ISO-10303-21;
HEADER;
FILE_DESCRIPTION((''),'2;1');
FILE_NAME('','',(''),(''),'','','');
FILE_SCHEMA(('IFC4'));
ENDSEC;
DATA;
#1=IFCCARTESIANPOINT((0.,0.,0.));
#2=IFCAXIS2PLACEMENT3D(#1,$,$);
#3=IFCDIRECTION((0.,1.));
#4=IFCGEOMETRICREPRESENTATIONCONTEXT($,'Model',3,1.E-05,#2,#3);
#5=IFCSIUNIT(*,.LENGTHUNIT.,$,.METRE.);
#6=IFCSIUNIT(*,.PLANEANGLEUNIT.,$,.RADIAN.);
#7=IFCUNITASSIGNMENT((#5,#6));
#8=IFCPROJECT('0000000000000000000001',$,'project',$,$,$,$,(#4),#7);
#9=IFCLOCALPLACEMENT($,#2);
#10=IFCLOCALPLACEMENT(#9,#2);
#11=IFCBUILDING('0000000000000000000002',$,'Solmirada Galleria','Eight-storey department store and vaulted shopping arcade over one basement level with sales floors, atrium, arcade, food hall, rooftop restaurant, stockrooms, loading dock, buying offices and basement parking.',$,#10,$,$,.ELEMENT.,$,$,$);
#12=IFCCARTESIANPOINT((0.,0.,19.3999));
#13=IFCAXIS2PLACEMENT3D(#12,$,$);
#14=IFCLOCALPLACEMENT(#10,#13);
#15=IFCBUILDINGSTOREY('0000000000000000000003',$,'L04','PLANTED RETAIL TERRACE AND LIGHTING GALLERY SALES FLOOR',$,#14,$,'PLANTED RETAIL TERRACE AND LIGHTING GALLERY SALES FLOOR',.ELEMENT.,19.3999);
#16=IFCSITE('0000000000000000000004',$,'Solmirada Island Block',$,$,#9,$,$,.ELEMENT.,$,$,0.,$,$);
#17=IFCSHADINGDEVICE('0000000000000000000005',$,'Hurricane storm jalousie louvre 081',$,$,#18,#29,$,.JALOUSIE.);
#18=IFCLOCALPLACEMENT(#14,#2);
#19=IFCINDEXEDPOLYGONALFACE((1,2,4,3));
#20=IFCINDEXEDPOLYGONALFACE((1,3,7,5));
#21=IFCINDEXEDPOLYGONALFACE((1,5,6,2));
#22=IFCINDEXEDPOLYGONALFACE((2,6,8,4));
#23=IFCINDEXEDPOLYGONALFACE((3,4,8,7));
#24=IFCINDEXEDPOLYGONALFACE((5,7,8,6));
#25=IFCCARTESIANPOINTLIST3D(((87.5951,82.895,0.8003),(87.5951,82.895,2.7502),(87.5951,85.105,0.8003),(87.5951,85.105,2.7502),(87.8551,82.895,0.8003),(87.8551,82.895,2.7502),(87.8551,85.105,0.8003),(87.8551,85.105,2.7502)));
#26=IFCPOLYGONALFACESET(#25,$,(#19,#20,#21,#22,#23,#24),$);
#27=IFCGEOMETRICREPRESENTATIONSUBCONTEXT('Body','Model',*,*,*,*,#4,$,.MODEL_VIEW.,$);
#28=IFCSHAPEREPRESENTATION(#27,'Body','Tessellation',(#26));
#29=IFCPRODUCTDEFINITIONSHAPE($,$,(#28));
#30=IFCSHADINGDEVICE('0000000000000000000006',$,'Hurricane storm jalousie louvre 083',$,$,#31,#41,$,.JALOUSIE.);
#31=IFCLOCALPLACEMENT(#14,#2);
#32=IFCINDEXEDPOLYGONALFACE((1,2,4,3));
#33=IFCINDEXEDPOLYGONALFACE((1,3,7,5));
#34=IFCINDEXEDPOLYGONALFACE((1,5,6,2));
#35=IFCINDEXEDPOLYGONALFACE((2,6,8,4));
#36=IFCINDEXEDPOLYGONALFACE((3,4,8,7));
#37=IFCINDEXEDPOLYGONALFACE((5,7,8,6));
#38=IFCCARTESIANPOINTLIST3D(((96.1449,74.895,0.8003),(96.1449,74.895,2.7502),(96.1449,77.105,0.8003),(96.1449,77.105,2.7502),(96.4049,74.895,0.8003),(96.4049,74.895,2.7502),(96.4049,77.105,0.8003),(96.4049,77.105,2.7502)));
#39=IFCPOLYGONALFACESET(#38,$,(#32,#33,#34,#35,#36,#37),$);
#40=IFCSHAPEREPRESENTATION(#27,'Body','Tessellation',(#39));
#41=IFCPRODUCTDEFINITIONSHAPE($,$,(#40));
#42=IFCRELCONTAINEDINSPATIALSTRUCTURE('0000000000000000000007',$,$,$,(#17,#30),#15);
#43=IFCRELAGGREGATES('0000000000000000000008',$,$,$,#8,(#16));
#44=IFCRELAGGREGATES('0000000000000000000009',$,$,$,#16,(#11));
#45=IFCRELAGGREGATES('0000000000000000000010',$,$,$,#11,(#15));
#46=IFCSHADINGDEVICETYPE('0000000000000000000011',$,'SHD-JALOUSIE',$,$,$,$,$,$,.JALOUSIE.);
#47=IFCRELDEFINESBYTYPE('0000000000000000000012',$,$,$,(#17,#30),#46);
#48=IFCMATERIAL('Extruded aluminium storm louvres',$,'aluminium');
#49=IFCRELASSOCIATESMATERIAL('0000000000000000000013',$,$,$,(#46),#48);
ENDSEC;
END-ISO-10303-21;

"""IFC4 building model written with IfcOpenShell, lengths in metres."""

from ifc_helpers import new_model, si_unit, direction, frame, origin, origin_2d, place, context, subcontext, project, spatial, rectangle, extrude, material, type_object, element, save


model = new_model("IFC4")

# Units and contexts
model_context = context("Model", 3, precision=1e-05, world=origin(), true_north=direction((0.0, 1.0)))
body_context = subcontext(model_context, "Body", "Model", "MODEL_VIEW")
ifc_project = project(units=[si_unit("LENGTHUNIT", "METRE"), si_unit("PLANEANGLEUNIT", "RADIAN")], contexts=[model_context])

# Site, building, storey
site_placement = place(None, origin())
site = spatial("IfcSite", under=ifc_project, at=site_placement, Name="Solmirada Island Block", CompositionType="ELEMENT", RefElevation=0.0)
building_placement = place(site_placement, origin())
building = spatial("IfcBuilding", under=site, at=building_placement, Name="Solmirada Galleria", Description="Eight-storey department store and vaulted shopping arcade over one basement level with sales floors, atrium, arcade, food hall, rooftop restaurant, stockrooms, loading dock, buying offices and basement parking.", CompositionType="ELEMENT")
storey_placement = place(building_placement, frame((0.0, 0.0, 19.3999)))
storey = spatial("IfcBuildingStorey", under=building, at=storey_placement, Name="L04", Description="PLANTED RETAIL TERRACE AND LIGHTING GALLERY SALES FLOOR", LongName="PLANTED RETAIL TERRACE AND LIGHTING GALLERY SALES FLOOR", CompositionType="ELEMENT", Elevation=19.3999)

# Shading devices
ifc_material_1 = material(Name="Extruded aluminium storm louvres", Category="aluminium")
shading_device_type = type_object("IfcShadingDeviceType", Name="SHD-JALOUSIE", PredefinedType="JALOUSIE", material=ifc_material_1)
for number, where, z_axis, x_axis, name in (
    (1, (87.7251, 84.0, 0.8003), (0.0, 0.0, 1.0), (0.0, 1.0, 0.0), "Hurricane storm jalousie louvre 081"),
    (2, (96.2749, 76.0, 0.8003), (0.0, 0.0, 1.0), (0.0, -1.0, 0.0), "Hurricane storm jalousie louvre 083"),
):
    element("IfcShadingDevice", number, at=place(storey_placement, frame(where, z_axis=z_axis, x_axis=x_axis)), inside=storey, type_object=shading_device_type, Name=name, PredefinedType="JALOUSIE", context=body_context, shape_type="SweptSolid", body=[
        extrude(rectangle(XDim=2.21, YDim=0.26, at=origin_2d()), origin(), (0.0, 0.0, 1.0), 1.95),
    ])

save(model, "model.ifc")
